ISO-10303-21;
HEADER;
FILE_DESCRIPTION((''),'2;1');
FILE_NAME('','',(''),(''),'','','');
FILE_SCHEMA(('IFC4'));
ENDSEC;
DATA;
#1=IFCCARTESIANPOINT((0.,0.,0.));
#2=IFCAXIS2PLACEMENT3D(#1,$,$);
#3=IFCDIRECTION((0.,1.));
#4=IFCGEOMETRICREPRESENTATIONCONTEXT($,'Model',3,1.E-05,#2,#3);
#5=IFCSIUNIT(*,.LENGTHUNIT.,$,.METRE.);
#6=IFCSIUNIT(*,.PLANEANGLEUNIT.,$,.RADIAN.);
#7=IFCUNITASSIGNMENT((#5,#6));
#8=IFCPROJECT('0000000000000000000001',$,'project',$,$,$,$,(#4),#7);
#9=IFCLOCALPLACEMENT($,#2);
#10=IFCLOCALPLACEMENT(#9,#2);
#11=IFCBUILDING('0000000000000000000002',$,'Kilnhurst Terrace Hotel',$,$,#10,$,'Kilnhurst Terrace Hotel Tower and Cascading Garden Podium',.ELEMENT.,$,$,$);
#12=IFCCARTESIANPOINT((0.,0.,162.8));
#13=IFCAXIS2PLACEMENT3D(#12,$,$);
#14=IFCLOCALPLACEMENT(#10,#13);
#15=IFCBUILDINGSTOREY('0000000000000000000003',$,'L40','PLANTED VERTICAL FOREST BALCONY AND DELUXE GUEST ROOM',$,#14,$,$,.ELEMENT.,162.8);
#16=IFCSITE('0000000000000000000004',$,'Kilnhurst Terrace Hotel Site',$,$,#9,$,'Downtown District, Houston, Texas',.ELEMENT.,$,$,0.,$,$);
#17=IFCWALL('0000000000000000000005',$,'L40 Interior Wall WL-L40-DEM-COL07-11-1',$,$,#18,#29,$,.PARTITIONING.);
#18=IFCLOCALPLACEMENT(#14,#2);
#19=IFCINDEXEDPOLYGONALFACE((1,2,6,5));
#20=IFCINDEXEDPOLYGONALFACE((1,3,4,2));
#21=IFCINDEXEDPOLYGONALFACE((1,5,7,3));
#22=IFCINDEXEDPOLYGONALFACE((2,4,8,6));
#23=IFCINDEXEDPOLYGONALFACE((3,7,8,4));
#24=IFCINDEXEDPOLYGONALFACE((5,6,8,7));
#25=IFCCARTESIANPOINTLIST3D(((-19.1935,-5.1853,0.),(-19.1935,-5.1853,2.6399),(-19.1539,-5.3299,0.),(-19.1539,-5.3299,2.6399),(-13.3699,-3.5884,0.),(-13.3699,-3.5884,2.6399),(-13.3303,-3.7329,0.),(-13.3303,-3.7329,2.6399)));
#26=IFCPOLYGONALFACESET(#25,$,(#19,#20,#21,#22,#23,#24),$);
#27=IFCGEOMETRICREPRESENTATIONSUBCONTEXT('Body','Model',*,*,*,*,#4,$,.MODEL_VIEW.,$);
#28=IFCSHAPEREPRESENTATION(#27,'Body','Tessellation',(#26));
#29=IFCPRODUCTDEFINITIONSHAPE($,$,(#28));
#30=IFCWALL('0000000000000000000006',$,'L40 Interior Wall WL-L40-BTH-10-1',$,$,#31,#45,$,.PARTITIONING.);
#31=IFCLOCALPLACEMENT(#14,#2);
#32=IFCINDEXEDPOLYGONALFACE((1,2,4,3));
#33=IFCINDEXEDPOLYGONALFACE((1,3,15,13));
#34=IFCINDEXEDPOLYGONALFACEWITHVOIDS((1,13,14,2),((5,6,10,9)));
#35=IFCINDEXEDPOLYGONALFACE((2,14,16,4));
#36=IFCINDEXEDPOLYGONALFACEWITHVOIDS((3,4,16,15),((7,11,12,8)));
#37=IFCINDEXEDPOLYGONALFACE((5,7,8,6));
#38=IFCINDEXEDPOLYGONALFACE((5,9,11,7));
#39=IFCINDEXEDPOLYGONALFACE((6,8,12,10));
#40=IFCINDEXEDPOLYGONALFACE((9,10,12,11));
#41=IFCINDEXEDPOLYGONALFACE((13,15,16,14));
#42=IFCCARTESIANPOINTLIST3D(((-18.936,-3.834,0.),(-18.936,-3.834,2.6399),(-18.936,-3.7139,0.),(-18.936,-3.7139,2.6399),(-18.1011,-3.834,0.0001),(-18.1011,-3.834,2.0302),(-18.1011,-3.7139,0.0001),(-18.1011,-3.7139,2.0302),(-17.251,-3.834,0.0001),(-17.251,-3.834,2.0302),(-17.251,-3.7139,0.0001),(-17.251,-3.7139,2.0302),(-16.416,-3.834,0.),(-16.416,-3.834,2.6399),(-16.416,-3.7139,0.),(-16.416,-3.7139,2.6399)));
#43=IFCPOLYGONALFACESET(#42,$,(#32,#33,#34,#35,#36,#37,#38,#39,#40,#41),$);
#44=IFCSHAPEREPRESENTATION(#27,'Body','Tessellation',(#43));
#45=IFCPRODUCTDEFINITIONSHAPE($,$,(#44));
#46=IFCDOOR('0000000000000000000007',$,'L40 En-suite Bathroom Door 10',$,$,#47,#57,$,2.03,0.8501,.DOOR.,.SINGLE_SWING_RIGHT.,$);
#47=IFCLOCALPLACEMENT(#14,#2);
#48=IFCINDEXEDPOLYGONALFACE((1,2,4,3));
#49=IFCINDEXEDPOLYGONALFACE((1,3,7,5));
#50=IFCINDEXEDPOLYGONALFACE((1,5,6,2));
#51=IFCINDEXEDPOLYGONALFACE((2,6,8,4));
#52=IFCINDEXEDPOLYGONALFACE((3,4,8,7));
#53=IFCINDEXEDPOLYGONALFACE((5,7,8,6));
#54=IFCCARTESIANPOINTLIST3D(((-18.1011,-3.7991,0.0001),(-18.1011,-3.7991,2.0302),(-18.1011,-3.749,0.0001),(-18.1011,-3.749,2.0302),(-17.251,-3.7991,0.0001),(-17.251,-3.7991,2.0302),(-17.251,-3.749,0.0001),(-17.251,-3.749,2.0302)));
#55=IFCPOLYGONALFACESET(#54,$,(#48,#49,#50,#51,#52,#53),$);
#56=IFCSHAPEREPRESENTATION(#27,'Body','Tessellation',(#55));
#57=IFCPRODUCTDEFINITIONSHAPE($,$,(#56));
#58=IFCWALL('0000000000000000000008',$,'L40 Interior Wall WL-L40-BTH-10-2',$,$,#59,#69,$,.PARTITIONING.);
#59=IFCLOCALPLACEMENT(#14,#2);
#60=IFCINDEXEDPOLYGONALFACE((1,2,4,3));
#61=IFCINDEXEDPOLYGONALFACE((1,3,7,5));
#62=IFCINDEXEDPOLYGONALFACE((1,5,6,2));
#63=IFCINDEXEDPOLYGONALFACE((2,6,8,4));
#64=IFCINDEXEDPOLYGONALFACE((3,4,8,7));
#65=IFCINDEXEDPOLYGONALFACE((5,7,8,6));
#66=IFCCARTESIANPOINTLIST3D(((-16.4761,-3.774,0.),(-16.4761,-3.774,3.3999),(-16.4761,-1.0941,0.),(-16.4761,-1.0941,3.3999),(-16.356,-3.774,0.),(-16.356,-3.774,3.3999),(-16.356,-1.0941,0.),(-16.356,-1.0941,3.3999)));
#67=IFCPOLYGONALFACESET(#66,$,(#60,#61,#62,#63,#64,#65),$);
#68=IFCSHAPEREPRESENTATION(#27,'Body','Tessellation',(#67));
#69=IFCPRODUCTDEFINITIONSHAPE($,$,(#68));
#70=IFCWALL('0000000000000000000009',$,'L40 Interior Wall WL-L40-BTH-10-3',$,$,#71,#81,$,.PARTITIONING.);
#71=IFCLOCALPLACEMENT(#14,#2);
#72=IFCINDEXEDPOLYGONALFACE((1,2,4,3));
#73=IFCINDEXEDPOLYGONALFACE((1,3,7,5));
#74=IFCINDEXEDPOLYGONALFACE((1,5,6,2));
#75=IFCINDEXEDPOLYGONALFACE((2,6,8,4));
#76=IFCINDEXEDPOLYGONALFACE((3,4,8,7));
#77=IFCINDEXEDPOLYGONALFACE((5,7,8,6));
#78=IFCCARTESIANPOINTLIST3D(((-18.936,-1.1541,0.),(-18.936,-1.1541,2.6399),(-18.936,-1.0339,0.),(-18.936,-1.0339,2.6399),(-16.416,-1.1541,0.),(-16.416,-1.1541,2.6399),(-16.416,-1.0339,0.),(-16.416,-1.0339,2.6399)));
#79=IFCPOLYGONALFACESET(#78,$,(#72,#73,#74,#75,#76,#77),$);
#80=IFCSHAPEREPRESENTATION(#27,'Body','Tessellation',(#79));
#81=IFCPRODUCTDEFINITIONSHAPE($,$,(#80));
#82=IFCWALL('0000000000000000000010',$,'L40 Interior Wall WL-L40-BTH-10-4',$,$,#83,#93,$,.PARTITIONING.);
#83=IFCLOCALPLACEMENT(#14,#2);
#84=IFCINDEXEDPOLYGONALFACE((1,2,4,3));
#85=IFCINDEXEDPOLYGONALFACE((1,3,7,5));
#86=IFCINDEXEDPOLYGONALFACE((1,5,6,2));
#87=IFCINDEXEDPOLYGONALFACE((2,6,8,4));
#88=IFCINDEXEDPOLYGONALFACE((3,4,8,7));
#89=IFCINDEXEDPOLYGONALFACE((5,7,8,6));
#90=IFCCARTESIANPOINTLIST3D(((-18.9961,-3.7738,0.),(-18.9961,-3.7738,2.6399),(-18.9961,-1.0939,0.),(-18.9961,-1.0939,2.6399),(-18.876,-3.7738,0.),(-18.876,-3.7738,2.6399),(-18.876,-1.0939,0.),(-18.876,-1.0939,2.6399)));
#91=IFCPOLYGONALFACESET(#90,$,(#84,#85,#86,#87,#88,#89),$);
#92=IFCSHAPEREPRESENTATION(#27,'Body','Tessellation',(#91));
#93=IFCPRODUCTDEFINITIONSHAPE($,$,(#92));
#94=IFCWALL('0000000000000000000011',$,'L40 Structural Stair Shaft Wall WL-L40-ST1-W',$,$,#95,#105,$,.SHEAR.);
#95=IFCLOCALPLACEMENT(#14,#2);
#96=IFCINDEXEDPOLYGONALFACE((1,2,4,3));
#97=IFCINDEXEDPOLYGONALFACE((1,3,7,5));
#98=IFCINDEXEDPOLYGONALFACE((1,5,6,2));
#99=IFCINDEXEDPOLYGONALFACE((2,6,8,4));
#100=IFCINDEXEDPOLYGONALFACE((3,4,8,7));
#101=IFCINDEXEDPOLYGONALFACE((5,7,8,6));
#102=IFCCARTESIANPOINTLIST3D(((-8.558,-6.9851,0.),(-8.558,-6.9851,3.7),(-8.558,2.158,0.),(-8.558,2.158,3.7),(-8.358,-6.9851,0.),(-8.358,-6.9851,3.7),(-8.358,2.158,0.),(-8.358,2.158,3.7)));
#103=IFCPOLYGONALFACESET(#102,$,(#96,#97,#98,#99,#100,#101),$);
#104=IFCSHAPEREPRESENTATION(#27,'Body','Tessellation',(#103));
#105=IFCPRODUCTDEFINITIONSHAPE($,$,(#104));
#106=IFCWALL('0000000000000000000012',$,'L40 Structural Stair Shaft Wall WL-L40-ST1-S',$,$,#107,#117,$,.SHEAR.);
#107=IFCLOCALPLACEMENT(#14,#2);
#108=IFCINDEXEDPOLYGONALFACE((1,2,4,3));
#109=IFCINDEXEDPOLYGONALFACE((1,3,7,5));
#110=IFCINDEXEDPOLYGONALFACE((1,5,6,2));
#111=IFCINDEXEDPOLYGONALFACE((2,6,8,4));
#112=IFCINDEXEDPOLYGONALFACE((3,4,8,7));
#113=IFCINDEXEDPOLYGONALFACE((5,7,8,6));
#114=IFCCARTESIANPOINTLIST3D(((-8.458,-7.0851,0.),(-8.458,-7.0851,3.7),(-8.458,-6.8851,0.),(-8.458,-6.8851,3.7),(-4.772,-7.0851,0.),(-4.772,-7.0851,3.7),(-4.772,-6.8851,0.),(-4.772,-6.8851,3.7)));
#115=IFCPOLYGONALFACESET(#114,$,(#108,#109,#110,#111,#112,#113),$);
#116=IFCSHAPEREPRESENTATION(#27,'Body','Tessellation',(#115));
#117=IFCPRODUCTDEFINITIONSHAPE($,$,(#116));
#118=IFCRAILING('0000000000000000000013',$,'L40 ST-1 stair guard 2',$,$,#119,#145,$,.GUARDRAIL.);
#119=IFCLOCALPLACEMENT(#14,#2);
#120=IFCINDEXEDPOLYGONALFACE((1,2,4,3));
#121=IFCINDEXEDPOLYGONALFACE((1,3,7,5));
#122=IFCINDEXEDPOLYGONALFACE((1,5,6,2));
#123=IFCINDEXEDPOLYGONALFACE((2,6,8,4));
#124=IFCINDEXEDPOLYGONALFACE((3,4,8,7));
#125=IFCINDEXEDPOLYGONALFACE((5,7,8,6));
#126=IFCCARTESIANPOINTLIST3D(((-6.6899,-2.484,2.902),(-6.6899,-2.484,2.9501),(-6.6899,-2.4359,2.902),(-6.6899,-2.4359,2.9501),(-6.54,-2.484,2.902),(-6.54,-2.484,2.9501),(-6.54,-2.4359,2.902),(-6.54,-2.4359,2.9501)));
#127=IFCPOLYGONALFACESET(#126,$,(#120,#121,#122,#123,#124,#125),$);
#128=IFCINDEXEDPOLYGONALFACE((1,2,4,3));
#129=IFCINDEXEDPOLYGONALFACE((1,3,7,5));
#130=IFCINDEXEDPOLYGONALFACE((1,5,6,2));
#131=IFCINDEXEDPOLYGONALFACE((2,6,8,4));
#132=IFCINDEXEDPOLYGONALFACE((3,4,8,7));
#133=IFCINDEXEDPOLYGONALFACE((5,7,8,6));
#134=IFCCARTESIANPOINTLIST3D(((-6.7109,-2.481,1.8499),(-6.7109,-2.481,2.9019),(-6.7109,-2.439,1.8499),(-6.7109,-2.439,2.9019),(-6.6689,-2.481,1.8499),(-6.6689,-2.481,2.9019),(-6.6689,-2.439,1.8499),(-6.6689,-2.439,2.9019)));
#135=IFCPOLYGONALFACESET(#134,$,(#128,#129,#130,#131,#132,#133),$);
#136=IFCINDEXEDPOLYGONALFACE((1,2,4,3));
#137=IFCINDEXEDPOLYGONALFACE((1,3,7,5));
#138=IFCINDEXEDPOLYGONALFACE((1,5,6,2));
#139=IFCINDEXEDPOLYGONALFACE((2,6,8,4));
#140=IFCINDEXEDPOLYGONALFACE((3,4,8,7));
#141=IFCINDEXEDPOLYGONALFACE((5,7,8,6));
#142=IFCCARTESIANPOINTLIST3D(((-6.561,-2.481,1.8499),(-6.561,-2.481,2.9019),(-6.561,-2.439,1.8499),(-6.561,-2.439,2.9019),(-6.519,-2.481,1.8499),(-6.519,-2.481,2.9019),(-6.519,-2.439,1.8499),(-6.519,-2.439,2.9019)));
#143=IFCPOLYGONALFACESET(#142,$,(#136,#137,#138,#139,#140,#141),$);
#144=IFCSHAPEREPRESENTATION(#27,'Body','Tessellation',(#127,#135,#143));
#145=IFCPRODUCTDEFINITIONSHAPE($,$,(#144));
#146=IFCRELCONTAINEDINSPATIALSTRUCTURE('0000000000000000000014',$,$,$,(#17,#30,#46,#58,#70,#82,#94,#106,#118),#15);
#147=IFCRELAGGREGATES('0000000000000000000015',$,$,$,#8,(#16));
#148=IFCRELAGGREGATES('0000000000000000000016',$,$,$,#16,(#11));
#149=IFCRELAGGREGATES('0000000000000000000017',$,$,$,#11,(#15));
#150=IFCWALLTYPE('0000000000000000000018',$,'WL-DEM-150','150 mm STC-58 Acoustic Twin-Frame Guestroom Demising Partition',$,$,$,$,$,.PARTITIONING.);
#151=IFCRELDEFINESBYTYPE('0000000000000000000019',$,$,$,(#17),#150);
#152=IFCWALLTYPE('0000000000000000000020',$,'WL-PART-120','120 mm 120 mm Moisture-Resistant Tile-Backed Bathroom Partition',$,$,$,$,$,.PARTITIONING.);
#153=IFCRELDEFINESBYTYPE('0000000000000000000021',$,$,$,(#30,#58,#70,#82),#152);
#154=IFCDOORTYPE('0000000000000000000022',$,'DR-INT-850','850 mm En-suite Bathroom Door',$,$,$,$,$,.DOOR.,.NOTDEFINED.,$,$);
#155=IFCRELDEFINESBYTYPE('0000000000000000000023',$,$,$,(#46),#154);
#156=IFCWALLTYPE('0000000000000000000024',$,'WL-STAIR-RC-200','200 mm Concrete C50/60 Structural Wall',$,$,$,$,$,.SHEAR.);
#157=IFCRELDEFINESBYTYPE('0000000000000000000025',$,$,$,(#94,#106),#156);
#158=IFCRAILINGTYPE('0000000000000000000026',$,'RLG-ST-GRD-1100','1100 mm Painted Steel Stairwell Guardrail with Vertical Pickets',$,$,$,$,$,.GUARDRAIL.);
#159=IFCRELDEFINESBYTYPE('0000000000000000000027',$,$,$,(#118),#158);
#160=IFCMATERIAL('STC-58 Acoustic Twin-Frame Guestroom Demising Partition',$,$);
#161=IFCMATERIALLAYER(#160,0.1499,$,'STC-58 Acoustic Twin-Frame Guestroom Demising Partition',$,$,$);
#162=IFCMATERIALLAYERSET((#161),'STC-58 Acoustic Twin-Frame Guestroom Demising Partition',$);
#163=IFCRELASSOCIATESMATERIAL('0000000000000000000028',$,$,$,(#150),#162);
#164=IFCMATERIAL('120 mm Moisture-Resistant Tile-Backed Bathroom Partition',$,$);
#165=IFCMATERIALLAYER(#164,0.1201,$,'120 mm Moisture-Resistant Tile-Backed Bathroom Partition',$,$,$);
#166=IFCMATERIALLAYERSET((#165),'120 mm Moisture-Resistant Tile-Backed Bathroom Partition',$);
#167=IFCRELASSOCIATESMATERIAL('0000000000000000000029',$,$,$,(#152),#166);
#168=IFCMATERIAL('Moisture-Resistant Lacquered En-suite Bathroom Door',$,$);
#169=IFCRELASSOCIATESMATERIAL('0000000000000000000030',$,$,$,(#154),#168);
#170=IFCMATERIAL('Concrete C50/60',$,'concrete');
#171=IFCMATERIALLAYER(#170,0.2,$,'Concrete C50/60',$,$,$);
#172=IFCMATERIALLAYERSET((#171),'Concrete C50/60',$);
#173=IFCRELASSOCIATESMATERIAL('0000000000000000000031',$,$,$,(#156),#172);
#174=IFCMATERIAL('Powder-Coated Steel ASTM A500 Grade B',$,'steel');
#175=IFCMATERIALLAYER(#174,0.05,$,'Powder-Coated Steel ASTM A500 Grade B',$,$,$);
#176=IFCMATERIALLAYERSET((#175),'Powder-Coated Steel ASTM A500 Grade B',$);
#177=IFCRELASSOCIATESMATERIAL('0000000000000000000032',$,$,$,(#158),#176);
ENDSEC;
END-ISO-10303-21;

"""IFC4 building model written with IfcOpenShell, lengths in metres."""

from ifc_helpers import new_model, si_unit, direction, frame, frame_2d, origin, origin_2d, place, context, subcontext, project, spatial, rectangle, extrude, material, layer, layer_set, type_object, element, fill, save


model = new_model("IFC4")

# Units and contexts
model_context = context("Model", 3, precision=1e-05, world=origin(), true_north=direction((0.0, 1.0)))
body_context = subcontext(model_context, "Body", "Model", "MODEL_VIEW")
ifc_project = project(units=[si_unit("LENGTHUNIT", "METRE"), si_unit("PLANEANGLEUNIT", "RADIAN")], contexts=[model_context])

# Site, building, storey
site_placement = place(None, origin())
site = spatial("IfcSite", under=ifc_project, at=site_placement, Name="Kilnhurst Terrace Hotel Site", LongName="Downtown District, Houston, Texas", CompositionType="ELEMENT", RefElevation=0.0)
building_placement = place(site_placement, origin())
building = spatial("IfcBuilding", under=site, at=building_placement, Name="Kilnhurst Terrace Hotel", LongName="Kilnhurst Terrace Hotel Tower and Cascading Garden Podium", CompositionType="ELEMENT")
storey_placement = place(building_placement, frame((0.0, 0.0, 162.8)))
storey = spatial("IfcBuildingStorey", under=building, at=storey_placement, Name="L40", Description="PLANTED VERTICAL FOREST BALCONY AND DELUXE GUEST ROOM", CompositionType="ELEMENT", Elevation=162.8)

# Shared definitions
ifc_material_1 = material(Name="Concrete C50/60", Category="concrete")

# Wall
ifc_material_2 = material(Name="STC-58 Acoustic Twin-Frame Guestroom Demising Partition")
ifc_layer_1 = layer(ifc_material_2, 0.1499, Name="STC-58 Acoustic Twin-Frame Guestroom Demising Partition")
ifc_layer_set_1 = layer_set([ifc_layer_1], Name="STC-58 Acoustic Twin-Frame Guestroom Demising Partition")
wall_type_1 = type_object("IfcWallType", Name="WL-DEM-150", Description="150 mm STC-58 Acoustic Twin-Frame Guestroom Demising Partition", PredefinedType="PARTITIONING", material=ifc_layer_set_1)
wall_1_placement = place(storey_placement, frame((-13.3501, -3.6606, 0.0), z_axis=(0.0, 0.0, 1.0), x_axis=(-0.964397, -0.264458, 0.0)))
element("IfcWall", 1, at=wall_1_placement, inside=storey, type_object=wall_type_1, Name="L40 Interior Wall WL-L40-DEM-COL07-11-1", PredefinedType="PARTITIONING", context=body_context, shape_type="SweptSolid", body=[
    extrude(rectangle(XDim=6.0386, YDim=0.1499, at=frame_2d((3.0193, 0.0))), origin(), (0.0, 0.0, 1.0), 2.6399),
])

# Wall, opening, door
ifc_material_3 = material(Name="120 mm Moisture-Resistant Tile-Backed Bathroom Partition")
ifc_layer_2 = layer(ifc_material_3, 0.1201, Name="120 mm Moisture-Resistant Tile-Backed Bathroom Partition")
ifc_layer_set_2 = layer_set([ifc_layer_2], Name="120 mm Moisture-Resistant Tile-Backed Bathroom Partition")
wall_type_2 = type_object("IfcWallType", Name="WL-PART-120", Description="120 mm 120 mm Moisture-Resistant Tile-Backed Bathroom Partition", PredefinedType="PARTITIONING", material=ifc_layer_set_2)
wall_2_placement = place(storey_placement, frame((-18.936, -3.7739, 0.0), z_axis=(0.0, 0.0, 1.0), x_axis=(1.0, 0.0, 0.0)))
wall_2 = element("IfcWall", 2, at=wall_2_placement, inside=storey, type_object=wall_type_2, Name="L40 Interior Wall WL-L40-BTH-10-1", PredefinedType="PARTITIONING", context=body_context, shape_type="SweptSolid", body=[
    extrude(rectangle(XDim=2.52, YDim=0.1201, at=frame_2d((1.26, 0.0))), origin(), (0.0, 0.0, 1.0), 2.6399),
])
opening_1_placement = place(wall_2_placement, frame((0.835, 0.0, 0.0)))
opening_1 = element("IfcOpeningElement", 3, at=opening_1_placement, cuts=wall_2, PredefinedType="OPENING", context=body_context, shape_type="SweptSolid", body=[
    extrude(rectangle(XDim=0.8501, YDim=2.03, at=frame_2d((0.425, 1.0151))), frame((0.0, 0.0701, 0.0), z_axis=(0.0, -1.0, 0.0), x_axis=(1.0, 0.0, 0.0)), (0.0, 0.0, 1.0), 0.1401),
])
ifc_material_4 = material(Name="Moisture-Resistant Lacquered En-suite Bathroom Door")
door_type_1 = type_object("IfcDoorType", Name="DR-INT-850", Description="850 mm En-suite Bathroom Door", OperationType="NOTDEFINED", PredefinedType="DOOR", material=ifc_material_4)
door_1_placement = place(opening_1_placement, origin())
door_1 = element("IfcDoor", 4, at=door_1_placement, inside=storey, type_object=door_type_1, Name="L40 En-suite Bathroom Door 10", OperationType="SINGLE_SWING_RIGHT", OverallHeight=2.03, OverallWidth=0.8501, PredefinedType="DOOR", context=body_context, shape_type="SweptSolid", body=[
    extrude(rectangle(XDim=0.8501, YDim=2.03, at=frame_2d((0.425, 1.0151))), frame((0.0, 0.0249, 0.0), z_axis=(0.0, -1.0, 0.0), x_axis=(1.0, 0.0, 0.0)), (0.0, 0.0, 1.0), 0.05),
])
fill(opening_1, door_1)

# Walls
wall_3_placement = place(storey_placement, frame((-16.416, -3.7739, 0.0), z_axis=(0.0, 0.0, 1.0), x_axis=(0.0, 1.0, 0.0)))
element("IfcWall", 5, at=wall_3_placement, inside=storey, type_object=wall_type_2, Name="L40 Interior Wall WL-L40-BTH-10-2", PredefinedType="PARTITIONING", context=body_context, shape_type="SweptSolid", body=[
    extrude(rectangle(XDim=2.6799, YDim=0.1201, at=frame_2d((1.3398, 0.0))), origin(), (0.0, 0.0, 1.0), 3.3999),
])
wall_4_placement = place(storey_placement, frame((-16.416, -1.094, 0.0), z_axis=(0.0, 0.0, 1.0), x_axis=(-1.0, 0.0, 0.0)))
element("IfcWall", 6, at=wall_4_placement, inside=storey, type_object=wall_type_2, Name="L40 Interior Wall WL-L40-BTH-10-3", PredefinedType="PARTITIONING", context=body_context, shape_type="SweptSolid", body=[
    extrude(rectangle(XDim=2.52, YDim=0.1201, at=frame_2d((1.26, 0.0))), origin(), (0.0, 0.0, 1.0), 2.6399),
])
wall_5_placement = place(storey_placement, frame((-18.936, -1.094, 0.0), z_axis=(0.0, 0.0, 1.0), x_axis=(0.0, -1.0, 0.0)))
element("IfcWall", 7, at=wall_5_placement, inside=storey, type_object=wall_type_2, Name="L40 Interior Wall WL-L40-BTH-10-4", PredefinedType="PARTITIONING", context=body_context, shape_type="SweptSolid", body=[
    extrude(rectangle(XDim=2.6799, YDim=0.1201, at=frame_2d((1.3398, 0.0))), origin(), (0.0, 0.0, 1.0), 2.6399),
])
ifc_layer_3 = layer(ifc_material_1, 0.2, Name="Concrete C50/60")
ifc_layer_set_3 = layer_set([ifc_layer_3], Name="Concrete C50/60")
wall_type_3 = type_object("IfcWallType", Name="WL-STAIR-RC-200", Description="200 mm Concrete C50/60 Structural Wall", PredefinedType="SHEAR", material=ifc_layer_set_3)
wall_6_placement = place(storey_placement, frame((-8.458, -6.9851, 0.0), z_axis=(0.0, 0.0, 1.0), x_axis=(0.0, 1.0, 0.0)))
element("IfcWall", 8, at=wall_6_placement, inside=storey, type_object=wall_type_3, Name="L40 Structural Stair Shaft Wall WL-L40-ST1-W", PredefinedType="SHEAR", context=body_context, shape_type="SweptSolid", body=[
    extrude(rectangle(XDim=9.1431, YDim=0.2, at=frame_2d((4.5715, 0.0))), origin(), (0.0, 0.0, 1.0), 3.7),
])
wall_7_placement = place(storey_placement, frame((-8.458, -6.9851, 0.0), z_axis=(0.0, 0.0, 1.0), x_axis=(1.0, 0.0, 0.0)))
element("IfcWall", 9, at=wall_7_placement, inside=storey, type_object=wall_type_3, Name="L40 Structural Stair Shaft Wall WL-L40-ST1-S", PredefinedType="SHEAR", context=body_context, shape_type="SweptSolid", body=[
    extrude(rectangle(XDim=3.686, YDim=0.2, at=frame_2d((1.843, 0.0))), origin(), (0.0, 0.0, 1.0), 3.7),
])

# Railing
ifc_material_5 = material(Name="Powder-Coated Steel ASTM A500 Grade B", Category="steel")
ifc_layer_4 = layer(ifc_material_5, 0.05, Name="Powder-Coated Steel ASTM A500 Grade B")
ifc_layer_set_4 = layer_set([ifc_layer_4], Name="Powder-Coated Steel ASTM A500 Grade B")
railing_type = type_object("IfcRailingType", Name="RLG-ST-GRD-1100", Description="1100 mm Painted Steel Stairwell Guardrail with Vertical Pickets", PredefinedType="GUARDRAIL", material=ifc_layer_set_4)
railing_placement = place(storey_placement, frame((-6.6899, -2.46, 1.8499)))
element("IfcRailing", 10, at=railing_placement, inside=storey, type_object=railing_type, Name="L40 ST-1 stair guard 2", PredefinedType="GUARDRAIL", context=body_context, shape_type="SweptSolid", body=[
    extrude(rectangle(XDim=0.0481, YDim=0.0481, at=origin_2d()), frame((0.0, 0.0, 1.0762), z_axis=(1.0, 0.0, 0.0), x_axis=(0.0, 1.0, 0.0)), (0.0, 0.0, 1.0), 0.1499),
    extrude(rectangle(XDim=0.042, YDim=0.042, at=origin_2d()), origin(), (0.0, 0.0, 1.0), 1.052),
    extrude(rectangle(XDim=0.042, YDim=0.042, at=origin_2d()), frame((0.1499, 0.0, 0.0)), (0.0, 0.0, 1.0), 1.052),
])

save(model, "model.ifc")
